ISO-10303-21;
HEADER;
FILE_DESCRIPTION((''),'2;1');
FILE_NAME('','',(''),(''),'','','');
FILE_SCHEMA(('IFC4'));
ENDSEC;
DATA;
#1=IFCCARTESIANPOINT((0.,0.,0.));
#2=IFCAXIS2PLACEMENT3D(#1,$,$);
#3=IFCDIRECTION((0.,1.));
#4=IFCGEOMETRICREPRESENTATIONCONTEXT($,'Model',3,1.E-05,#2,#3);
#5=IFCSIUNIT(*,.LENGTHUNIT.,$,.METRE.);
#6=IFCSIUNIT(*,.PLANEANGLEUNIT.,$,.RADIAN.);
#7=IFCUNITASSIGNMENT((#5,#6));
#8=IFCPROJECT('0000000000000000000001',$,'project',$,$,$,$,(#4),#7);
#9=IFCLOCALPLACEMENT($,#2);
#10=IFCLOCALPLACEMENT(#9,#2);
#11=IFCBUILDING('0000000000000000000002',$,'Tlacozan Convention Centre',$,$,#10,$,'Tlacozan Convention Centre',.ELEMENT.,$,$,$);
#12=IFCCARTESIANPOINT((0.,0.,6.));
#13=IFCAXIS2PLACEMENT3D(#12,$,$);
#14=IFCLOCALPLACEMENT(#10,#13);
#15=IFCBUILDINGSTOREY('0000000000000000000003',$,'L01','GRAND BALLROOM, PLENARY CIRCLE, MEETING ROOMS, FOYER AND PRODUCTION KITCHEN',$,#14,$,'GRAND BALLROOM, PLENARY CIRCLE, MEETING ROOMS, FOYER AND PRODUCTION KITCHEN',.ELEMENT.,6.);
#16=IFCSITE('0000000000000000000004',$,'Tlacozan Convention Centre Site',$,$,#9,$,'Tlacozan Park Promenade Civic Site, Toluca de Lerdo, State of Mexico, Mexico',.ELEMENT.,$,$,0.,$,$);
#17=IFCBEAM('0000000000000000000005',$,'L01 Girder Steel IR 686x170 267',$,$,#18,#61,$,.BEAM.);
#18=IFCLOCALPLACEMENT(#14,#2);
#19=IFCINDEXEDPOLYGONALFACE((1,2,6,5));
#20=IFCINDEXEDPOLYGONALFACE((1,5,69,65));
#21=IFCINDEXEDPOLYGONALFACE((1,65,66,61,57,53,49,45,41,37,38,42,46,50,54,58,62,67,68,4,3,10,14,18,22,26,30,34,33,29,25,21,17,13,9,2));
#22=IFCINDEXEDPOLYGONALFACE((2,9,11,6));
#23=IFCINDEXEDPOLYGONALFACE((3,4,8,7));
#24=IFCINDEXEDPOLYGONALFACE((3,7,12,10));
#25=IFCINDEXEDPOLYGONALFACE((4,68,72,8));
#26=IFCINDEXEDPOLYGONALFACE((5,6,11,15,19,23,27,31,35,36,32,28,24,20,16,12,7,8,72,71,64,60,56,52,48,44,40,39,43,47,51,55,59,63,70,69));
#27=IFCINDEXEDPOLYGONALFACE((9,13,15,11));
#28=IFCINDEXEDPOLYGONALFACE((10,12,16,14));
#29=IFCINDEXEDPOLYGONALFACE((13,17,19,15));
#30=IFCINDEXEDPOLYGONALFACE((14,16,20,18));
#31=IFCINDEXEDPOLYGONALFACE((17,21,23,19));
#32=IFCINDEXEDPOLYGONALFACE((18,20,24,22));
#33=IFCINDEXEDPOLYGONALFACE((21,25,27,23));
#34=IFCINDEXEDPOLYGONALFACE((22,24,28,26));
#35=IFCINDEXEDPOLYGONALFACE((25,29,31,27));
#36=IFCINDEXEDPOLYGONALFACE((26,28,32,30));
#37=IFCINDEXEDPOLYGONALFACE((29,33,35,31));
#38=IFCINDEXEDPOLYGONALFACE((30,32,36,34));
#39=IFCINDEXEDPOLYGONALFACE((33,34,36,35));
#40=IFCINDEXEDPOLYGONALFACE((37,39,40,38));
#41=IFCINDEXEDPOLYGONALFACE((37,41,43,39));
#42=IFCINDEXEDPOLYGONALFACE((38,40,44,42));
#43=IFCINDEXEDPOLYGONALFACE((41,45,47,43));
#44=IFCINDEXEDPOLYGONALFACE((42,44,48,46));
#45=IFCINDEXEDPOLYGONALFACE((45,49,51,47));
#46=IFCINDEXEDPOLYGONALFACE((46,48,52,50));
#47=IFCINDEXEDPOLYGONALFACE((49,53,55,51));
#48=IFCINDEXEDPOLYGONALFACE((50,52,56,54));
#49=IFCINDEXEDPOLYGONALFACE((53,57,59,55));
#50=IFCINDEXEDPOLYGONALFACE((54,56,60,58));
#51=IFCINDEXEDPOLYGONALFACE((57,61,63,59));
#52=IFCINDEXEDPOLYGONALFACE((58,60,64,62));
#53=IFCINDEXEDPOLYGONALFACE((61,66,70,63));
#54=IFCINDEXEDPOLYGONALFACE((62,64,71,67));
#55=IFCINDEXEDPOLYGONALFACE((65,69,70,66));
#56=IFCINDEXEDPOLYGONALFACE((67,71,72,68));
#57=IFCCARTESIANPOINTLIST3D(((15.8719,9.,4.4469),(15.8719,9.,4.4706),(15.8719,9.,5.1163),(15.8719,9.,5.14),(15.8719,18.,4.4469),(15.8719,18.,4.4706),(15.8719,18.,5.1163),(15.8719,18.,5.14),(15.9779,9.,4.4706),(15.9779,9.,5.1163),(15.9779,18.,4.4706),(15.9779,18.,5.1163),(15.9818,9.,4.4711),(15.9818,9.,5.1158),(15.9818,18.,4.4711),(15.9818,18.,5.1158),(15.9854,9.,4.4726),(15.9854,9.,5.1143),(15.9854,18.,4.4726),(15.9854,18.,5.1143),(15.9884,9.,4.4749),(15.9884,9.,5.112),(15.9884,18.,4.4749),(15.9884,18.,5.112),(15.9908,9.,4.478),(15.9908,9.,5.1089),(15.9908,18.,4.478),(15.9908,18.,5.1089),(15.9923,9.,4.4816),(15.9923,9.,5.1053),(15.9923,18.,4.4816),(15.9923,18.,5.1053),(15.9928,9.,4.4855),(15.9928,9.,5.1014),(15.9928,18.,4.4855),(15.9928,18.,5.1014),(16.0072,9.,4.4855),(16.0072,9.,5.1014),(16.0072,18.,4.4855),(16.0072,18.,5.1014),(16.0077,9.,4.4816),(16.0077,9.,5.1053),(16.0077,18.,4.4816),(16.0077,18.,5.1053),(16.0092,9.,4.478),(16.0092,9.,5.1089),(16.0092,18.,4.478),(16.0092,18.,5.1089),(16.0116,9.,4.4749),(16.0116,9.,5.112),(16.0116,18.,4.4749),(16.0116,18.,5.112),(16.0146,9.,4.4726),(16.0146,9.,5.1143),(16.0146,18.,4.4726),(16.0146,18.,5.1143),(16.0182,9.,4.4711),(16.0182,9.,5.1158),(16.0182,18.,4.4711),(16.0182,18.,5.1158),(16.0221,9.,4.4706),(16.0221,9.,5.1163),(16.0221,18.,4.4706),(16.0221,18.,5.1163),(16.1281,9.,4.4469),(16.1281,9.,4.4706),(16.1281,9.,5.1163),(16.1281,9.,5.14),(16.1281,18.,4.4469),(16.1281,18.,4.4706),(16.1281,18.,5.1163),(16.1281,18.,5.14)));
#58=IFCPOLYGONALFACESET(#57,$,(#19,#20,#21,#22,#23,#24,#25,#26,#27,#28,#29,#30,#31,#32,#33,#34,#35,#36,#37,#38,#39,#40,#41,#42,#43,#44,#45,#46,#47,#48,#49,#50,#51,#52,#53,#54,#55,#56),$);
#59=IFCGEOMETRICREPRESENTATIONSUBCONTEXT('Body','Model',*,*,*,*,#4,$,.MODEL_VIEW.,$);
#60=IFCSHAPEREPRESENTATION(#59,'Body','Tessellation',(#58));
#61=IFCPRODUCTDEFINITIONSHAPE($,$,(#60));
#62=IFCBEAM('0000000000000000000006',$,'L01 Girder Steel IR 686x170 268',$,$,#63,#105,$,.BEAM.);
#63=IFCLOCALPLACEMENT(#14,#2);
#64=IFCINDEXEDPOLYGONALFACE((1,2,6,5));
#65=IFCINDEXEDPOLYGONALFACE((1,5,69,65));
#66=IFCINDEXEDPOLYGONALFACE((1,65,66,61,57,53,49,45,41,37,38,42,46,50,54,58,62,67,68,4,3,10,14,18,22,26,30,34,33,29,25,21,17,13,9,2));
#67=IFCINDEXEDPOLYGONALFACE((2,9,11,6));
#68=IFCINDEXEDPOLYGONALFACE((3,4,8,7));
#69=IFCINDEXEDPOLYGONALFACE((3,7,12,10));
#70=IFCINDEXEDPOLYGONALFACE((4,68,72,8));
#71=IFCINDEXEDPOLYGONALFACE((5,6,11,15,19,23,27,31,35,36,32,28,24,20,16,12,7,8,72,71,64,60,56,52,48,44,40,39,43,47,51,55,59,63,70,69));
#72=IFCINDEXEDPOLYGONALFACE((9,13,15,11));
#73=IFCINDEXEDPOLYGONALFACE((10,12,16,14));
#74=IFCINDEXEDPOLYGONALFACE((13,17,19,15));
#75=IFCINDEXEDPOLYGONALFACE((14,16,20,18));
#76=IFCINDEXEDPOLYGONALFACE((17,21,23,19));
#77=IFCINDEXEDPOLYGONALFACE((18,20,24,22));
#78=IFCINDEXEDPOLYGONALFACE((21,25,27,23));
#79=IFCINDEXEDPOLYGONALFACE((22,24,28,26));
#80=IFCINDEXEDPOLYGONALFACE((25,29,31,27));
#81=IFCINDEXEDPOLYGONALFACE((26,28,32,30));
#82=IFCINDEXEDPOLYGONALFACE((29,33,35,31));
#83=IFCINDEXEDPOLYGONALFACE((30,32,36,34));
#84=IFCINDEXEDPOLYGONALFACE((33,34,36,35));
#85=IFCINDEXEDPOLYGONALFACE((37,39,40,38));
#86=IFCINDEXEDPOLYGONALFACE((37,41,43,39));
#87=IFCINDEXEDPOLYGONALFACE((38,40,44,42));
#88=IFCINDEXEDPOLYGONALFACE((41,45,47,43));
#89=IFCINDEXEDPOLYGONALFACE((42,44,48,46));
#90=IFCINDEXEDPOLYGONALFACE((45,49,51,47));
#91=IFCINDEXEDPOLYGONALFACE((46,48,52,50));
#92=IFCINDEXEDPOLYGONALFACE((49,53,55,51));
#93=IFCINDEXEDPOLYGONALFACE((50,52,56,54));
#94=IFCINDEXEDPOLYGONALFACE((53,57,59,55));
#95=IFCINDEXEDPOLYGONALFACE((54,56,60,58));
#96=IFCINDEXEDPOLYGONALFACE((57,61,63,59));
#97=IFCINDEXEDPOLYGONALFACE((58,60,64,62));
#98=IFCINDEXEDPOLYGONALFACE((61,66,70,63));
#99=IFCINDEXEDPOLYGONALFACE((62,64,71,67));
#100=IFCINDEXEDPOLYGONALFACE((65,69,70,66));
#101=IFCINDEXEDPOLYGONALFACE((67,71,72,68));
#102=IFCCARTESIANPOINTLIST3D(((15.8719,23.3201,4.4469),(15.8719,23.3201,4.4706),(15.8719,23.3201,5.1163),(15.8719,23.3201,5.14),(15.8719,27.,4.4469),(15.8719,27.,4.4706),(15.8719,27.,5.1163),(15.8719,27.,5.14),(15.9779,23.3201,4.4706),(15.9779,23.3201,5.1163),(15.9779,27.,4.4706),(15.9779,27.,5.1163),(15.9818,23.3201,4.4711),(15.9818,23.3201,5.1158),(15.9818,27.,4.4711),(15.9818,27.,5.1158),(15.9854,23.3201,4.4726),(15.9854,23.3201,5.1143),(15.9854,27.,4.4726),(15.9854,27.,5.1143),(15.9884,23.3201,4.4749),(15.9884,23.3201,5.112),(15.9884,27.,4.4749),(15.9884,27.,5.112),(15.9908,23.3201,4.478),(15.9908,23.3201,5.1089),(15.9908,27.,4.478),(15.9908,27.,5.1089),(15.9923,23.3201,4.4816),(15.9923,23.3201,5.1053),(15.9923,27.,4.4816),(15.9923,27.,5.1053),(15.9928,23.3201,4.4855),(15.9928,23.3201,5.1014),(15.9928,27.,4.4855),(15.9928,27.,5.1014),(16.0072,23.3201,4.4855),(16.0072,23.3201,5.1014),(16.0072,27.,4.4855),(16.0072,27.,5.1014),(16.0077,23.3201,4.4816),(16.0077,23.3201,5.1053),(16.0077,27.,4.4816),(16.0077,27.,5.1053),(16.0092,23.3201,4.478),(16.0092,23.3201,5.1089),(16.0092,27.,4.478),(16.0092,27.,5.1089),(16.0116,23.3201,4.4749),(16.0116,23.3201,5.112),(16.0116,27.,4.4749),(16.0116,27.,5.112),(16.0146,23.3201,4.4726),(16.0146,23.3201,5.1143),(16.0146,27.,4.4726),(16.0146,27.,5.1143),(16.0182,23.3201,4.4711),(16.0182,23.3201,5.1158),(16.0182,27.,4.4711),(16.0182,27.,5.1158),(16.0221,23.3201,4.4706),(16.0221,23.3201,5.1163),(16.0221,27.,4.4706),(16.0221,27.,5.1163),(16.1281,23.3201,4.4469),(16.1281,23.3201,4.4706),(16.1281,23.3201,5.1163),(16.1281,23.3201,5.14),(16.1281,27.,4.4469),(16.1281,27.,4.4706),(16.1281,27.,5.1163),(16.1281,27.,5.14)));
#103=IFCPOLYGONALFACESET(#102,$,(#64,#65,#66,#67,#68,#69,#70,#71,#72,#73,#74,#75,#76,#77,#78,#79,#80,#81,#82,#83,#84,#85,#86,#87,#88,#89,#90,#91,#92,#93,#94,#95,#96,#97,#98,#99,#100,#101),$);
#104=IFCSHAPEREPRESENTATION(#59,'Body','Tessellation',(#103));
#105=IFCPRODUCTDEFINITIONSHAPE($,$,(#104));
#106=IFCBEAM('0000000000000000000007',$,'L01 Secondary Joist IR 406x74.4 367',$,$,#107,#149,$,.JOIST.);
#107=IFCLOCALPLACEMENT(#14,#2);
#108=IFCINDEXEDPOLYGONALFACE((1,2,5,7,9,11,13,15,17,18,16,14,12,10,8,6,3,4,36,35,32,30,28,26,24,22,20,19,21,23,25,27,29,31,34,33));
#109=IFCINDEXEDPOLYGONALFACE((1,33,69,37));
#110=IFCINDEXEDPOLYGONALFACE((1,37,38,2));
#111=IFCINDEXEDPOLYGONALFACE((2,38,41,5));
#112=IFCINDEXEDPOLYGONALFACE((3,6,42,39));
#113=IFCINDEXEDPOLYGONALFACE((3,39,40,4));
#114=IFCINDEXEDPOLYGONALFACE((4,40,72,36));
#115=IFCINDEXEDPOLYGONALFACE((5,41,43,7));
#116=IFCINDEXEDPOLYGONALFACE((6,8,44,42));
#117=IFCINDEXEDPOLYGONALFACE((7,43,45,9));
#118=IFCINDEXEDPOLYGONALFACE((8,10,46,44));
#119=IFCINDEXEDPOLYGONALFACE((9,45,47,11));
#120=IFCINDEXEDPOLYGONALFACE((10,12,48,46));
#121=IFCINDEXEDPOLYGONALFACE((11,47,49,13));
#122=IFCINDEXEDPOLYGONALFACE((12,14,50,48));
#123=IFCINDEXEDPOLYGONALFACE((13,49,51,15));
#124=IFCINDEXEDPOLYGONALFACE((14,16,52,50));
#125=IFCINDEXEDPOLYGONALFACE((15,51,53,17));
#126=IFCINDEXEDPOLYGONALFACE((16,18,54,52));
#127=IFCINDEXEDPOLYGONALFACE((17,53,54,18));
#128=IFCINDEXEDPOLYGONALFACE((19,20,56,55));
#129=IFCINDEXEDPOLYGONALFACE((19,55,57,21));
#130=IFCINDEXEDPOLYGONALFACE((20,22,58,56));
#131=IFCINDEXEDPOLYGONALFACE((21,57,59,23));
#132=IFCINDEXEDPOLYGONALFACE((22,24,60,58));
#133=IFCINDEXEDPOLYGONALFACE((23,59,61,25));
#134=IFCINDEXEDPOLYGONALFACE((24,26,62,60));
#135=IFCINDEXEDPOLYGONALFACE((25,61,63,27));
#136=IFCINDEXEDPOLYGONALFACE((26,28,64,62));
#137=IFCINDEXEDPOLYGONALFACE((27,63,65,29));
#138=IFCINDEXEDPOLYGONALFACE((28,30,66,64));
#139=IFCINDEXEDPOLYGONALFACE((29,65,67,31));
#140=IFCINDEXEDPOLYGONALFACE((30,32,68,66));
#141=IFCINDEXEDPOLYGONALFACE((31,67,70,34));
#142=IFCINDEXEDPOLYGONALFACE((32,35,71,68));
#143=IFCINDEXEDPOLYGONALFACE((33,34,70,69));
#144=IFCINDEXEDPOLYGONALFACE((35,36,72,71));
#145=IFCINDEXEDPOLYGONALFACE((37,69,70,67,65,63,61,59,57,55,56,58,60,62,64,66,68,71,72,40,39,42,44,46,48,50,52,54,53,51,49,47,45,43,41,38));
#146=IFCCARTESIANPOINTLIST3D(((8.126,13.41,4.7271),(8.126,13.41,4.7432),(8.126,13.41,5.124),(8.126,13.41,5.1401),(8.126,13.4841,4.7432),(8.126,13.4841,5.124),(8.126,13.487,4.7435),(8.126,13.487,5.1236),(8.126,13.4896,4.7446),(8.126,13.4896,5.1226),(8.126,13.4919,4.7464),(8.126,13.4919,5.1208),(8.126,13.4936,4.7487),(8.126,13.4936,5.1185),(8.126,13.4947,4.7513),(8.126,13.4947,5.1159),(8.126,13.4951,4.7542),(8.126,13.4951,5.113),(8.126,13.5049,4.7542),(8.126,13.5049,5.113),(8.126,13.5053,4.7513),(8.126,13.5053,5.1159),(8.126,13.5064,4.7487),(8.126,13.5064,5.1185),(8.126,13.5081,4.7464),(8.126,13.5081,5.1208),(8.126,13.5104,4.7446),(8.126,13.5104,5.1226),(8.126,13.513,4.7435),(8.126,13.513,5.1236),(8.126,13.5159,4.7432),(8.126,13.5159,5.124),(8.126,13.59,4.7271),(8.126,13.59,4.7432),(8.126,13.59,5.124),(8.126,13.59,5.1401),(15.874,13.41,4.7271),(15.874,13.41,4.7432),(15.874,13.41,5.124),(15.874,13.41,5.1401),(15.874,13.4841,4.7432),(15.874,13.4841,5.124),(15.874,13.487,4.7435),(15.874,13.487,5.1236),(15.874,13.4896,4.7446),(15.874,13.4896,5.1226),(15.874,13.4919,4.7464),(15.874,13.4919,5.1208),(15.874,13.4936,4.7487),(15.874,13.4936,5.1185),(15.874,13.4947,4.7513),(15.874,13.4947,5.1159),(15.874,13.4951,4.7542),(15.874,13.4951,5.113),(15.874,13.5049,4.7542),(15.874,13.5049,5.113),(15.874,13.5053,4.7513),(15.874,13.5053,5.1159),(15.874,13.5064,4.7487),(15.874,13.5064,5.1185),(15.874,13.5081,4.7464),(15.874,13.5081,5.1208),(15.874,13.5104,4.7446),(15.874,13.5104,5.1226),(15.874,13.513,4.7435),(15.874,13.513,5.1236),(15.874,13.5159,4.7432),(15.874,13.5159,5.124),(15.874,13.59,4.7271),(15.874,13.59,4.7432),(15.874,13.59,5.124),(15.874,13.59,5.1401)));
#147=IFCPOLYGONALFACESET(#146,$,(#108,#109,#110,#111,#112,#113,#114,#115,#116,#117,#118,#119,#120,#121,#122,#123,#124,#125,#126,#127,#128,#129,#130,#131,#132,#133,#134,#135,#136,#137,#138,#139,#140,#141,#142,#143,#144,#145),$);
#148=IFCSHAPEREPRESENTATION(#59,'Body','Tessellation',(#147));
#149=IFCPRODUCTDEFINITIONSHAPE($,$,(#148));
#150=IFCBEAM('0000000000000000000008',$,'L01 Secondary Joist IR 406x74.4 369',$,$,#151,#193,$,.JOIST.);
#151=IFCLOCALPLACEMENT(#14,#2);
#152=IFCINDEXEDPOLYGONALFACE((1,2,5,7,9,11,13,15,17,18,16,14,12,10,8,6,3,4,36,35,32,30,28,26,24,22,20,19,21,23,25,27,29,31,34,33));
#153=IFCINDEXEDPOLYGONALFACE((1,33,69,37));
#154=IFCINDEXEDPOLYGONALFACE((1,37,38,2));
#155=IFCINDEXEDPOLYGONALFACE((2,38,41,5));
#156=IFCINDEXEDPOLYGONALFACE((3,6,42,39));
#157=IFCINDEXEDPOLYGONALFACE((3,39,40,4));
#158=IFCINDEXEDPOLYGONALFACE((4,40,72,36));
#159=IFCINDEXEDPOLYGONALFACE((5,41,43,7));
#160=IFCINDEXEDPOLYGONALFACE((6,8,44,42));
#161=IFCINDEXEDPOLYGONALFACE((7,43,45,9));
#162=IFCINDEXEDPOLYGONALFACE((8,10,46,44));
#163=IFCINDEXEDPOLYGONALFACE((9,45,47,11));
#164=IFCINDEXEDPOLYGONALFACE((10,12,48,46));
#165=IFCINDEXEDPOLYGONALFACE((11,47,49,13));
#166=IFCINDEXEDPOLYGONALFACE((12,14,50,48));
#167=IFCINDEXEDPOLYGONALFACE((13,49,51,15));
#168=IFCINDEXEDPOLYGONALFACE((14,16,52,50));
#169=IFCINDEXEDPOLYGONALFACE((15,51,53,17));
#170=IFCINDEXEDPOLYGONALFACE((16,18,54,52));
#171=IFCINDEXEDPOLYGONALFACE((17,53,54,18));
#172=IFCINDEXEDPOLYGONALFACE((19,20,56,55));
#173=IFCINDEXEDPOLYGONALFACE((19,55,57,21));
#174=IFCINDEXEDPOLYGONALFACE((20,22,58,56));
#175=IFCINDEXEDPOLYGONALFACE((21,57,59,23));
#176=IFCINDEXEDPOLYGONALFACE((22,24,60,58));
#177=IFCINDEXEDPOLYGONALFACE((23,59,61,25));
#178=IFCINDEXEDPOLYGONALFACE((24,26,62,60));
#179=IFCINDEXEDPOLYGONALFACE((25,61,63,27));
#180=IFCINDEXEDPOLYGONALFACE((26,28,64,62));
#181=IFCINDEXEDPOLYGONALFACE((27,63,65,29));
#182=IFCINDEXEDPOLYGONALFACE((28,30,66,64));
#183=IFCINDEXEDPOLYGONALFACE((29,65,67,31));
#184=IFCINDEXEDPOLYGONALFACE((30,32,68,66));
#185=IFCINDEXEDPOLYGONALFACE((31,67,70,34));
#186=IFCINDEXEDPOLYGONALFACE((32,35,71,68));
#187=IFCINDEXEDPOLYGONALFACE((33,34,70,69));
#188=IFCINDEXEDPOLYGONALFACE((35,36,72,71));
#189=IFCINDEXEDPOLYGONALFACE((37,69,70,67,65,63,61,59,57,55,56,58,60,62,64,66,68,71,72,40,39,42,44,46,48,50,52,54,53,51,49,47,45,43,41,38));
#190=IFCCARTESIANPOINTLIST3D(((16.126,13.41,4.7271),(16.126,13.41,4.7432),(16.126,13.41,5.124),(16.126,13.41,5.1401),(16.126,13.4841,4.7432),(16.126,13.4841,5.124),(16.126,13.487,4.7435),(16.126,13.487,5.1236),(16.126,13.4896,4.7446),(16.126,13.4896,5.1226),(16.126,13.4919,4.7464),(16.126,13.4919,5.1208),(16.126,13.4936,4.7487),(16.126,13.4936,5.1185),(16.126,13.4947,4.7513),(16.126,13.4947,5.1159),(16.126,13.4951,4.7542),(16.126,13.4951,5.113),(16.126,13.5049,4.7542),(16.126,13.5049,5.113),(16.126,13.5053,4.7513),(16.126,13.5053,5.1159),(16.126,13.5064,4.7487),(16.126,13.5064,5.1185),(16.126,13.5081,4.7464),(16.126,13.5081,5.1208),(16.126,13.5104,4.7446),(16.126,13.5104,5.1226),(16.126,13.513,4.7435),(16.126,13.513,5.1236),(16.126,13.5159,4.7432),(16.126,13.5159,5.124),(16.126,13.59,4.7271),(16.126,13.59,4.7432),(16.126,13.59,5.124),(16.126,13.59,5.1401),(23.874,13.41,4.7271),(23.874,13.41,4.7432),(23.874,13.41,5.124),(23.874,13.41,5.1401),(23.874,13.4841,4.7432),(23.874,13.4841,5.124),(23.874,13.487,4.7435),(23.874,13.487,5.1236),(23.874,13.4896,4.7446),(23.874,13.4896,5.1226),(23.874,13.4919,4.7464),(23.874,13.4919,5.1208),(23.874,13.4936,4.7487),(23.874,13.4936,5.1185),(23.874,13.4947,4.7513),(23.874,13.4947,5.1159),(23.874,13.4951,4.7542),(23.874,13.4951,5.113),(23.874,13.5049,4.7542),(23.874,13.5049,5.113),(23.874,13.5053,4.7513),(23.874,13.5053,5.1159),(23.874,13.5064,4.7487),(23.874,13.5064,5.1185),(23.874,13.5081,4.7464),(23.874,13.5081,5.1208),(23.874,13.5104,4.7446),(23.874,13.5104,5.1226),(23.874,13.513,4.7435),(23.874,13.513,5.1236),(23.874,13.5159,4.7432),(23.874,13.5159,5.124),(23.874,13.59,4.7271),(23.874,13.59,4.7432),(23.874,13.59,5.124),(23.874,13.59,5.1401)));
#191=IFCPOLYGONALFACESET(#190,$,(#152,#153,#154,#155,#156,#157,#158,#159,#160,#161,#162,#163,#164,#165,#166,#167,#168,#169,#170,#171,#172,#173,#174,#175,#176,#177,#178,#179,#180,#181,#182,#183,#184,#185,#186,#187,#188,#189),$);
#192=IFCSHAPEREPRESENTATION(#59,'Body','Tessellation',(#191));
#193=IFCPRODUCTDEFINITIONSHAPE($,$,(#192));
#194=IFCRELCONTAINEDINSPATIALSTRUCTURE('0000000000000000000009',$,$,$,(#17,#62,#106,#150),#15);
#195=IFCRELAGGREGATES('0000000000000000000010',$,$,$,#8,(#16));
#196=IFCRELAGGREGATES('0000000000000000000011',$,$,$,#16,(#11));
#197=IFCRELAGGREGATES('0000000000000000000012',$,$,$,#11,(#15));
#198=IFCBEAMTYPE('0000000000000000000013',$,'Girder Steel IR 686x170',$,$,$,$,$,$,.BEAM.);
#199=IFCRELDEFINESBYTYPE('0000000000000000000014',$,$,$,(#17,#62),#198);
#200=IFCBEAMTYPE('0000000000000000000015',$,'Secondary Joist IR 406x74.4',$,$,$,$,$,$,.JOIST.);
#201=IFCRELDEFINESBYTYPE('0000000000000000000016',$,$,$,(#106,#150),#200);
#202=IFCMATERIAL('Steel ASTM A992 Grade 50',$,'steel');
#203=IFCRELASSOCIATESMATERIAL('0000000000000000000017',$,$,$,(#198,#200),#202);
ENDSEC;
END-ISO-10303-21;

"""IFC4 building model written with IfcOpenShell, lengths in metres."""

from ifc_helpers import new_model, si_unit, direction, frame, origin, origin_2d, place, context, subcontext, project, spatial, i_section, extrude, material, material_profile, profile_set, type_object, element, save


model = new_model("IFC4")

# Units and contexts
model_context = context("Model", 3, precision=1e-05, world=origin(), true_north=direction((0.0, 1.0)))
body_context = subcontext(model_context, "Body", "Model", "MODEL_VIEW")
ifc_project = project(units=[si_unit("LENGTHUNIT", "METRE"), si_unit("PLANEANGLEUNIT", "RADIAN")], contexts=[model_context])

# Site, building, storey
site_placement = place(None, origin())
site = spatial("IfcSite", under=ifc_project, at=site_placement, Name="Tlacozan Convention Centre Site", LongName="Tlacozan Park Promenade Civic Site, Toluca de Lerdo, State of Mexico, Mexico", CompositionType="ELEMENT", RefElevation=0.0)
building_placement = place(site_placement, origin())
building = spatial("IfcBuilding", under=site, at=building_placement, Name="Tlacozan Convention Centre", LongName="Tlacozan Convention Centre", CompositionType="ELEMENT")
storey_placement = place(building_placement, frame((0.0, 0.0, 6.0)))
storey = spatial("IfcBuildingStorey", under=building, at=storey_placement, Name="L01", Description="GRAND BALLROOM, PLENARY CIRCLE, MEETING ROOMS, FOYER AND PRODUCTION KITCHEN", LongName="GRAND BALLROOM, PLENARY CIRCLE, MEETING ROOMS, FOYER AND PRODUCTION KITCHEN", CompositionType="ELEMENT", Elevation=6.0)

# Beams
ifc_material_1 = material(Name="Steel ASTM A992 Grade 50", Category="steel")
ifc_material_profile_1 = material_profile(ifc_material_1, i_section(OverallWidth=0.2561, OverallDepth=0.6931, WebThickness=0.0144, FlangeThickness=0.0237, FilletRadius=0.0149, at=origin_2d()), Name="IR 686x170.0")
ifc_profile_set_1 = profile_set([ifc_material_profile_1], Name="Steel ASTM A992 Grade 50")
beam_type_1 = type_object("IfcBeamType", Name="Girder Steel IR 686x170", PredefinedType="BEAM", material=ifc_profile_set_1)
beam_1_placement = place(storey_placement, frame((16.0, 9.0, 4.7935), z_axis=(0.0, 1.0, 0.0), x_axis=(-1.0, 0.0, 0.0)))
element("IfcBeam", 1, at=beam_1_placement, inside=storey, type_object=beam_type_1, Name="L01 Girder Steel IR 686x170 267", PredefinedType="BEAM", context=body_context, shape_type="SweptSolid", body=[
    extrude(i_section(OverallWidth=0.2561, OverallDepth=0.6931, WebThickness=0.0144, FlangeThickness=0.0237, FilletRadius=0.0149, at=origin_2d()), origin(), (0.0, 0.0, 1.0), 9.0),
])
beam_2_placement = place(storey_placement, frame((16.0, 23.3201, 4.7935), z_axis=(0.0, 1.0, 0.0), x_axis=(-1.0, 0.0, 0.0)))
element("IfcBeam", 2, at=beam_2_placement, inside=storey, type_object=beam_type_1, Name="L01 Girder Steel IR 686x170 268", PredefinedType="BEAM", context=body_context, shape_type="SweptSolid", body=[
    extrude(i_section(OverallWidth=0.2561, OverallDepth=0.6931, WebThickness=0.0144, FlangeThickness=0.0237, FilletRadius=0.0149, at=origin_2d()), origin(), (0.0, 0.0, 1.0), 3.6799),
])
ifc_material_profile_2 = material_profile(ifc_material_1, i_section(OverallWidth=0.1799, OverallDepth=0.4131, WebThickness=0.0098, FlangeThickness=0.0161, FilletRadius=0.011, at=origin_2d()), Name="IR 406x74.4")
ifc_profile_set_2 = profile_set([ifc_material_profile_2], Name="Steel ASTM A992 Grade 50")
beam_type_2 = type_object("IfcBeamType", Name="Secondary Joist IR 406x74.4", PredefinedType="JOIST", material=ifc_profile_set_2)
for number, where, z_axis, x_axis, name in (
    (3, (8.126, 13.5, 4.9336), (1.0, 0.0, 0.0), (0.0, 1.0, 0.0), "L01 Secondary Joist IR 406x74.4 367"),
    (4, (16.126, 13.5, 4.9336), (1.0, 0.0, 0.0), (0.0, 1.0, 0.0), "L01 Secondary Joist IR 406x74.4 369"),
):
    element("IfcBeam", number, at=place(storey_placement, frame(where, z_axis=z_axis, x_axis=x_axis)), inside=storey, type_object=beam_type_2, Name=name, PredefinedType="JOIST", context=body_context, shape_type="SweptSolid", body=[
        extrude(i_section(OverallWidth=0.1799, OverallDepth=0.4131, WebThickness=0.0098, FlangeThickness=0.0161, FilletRadius=0.011, at=origin_2d()), origin(), (0.0, 0.0, 1.0), 7.748),
    ])

save(model, "model.ifc")
